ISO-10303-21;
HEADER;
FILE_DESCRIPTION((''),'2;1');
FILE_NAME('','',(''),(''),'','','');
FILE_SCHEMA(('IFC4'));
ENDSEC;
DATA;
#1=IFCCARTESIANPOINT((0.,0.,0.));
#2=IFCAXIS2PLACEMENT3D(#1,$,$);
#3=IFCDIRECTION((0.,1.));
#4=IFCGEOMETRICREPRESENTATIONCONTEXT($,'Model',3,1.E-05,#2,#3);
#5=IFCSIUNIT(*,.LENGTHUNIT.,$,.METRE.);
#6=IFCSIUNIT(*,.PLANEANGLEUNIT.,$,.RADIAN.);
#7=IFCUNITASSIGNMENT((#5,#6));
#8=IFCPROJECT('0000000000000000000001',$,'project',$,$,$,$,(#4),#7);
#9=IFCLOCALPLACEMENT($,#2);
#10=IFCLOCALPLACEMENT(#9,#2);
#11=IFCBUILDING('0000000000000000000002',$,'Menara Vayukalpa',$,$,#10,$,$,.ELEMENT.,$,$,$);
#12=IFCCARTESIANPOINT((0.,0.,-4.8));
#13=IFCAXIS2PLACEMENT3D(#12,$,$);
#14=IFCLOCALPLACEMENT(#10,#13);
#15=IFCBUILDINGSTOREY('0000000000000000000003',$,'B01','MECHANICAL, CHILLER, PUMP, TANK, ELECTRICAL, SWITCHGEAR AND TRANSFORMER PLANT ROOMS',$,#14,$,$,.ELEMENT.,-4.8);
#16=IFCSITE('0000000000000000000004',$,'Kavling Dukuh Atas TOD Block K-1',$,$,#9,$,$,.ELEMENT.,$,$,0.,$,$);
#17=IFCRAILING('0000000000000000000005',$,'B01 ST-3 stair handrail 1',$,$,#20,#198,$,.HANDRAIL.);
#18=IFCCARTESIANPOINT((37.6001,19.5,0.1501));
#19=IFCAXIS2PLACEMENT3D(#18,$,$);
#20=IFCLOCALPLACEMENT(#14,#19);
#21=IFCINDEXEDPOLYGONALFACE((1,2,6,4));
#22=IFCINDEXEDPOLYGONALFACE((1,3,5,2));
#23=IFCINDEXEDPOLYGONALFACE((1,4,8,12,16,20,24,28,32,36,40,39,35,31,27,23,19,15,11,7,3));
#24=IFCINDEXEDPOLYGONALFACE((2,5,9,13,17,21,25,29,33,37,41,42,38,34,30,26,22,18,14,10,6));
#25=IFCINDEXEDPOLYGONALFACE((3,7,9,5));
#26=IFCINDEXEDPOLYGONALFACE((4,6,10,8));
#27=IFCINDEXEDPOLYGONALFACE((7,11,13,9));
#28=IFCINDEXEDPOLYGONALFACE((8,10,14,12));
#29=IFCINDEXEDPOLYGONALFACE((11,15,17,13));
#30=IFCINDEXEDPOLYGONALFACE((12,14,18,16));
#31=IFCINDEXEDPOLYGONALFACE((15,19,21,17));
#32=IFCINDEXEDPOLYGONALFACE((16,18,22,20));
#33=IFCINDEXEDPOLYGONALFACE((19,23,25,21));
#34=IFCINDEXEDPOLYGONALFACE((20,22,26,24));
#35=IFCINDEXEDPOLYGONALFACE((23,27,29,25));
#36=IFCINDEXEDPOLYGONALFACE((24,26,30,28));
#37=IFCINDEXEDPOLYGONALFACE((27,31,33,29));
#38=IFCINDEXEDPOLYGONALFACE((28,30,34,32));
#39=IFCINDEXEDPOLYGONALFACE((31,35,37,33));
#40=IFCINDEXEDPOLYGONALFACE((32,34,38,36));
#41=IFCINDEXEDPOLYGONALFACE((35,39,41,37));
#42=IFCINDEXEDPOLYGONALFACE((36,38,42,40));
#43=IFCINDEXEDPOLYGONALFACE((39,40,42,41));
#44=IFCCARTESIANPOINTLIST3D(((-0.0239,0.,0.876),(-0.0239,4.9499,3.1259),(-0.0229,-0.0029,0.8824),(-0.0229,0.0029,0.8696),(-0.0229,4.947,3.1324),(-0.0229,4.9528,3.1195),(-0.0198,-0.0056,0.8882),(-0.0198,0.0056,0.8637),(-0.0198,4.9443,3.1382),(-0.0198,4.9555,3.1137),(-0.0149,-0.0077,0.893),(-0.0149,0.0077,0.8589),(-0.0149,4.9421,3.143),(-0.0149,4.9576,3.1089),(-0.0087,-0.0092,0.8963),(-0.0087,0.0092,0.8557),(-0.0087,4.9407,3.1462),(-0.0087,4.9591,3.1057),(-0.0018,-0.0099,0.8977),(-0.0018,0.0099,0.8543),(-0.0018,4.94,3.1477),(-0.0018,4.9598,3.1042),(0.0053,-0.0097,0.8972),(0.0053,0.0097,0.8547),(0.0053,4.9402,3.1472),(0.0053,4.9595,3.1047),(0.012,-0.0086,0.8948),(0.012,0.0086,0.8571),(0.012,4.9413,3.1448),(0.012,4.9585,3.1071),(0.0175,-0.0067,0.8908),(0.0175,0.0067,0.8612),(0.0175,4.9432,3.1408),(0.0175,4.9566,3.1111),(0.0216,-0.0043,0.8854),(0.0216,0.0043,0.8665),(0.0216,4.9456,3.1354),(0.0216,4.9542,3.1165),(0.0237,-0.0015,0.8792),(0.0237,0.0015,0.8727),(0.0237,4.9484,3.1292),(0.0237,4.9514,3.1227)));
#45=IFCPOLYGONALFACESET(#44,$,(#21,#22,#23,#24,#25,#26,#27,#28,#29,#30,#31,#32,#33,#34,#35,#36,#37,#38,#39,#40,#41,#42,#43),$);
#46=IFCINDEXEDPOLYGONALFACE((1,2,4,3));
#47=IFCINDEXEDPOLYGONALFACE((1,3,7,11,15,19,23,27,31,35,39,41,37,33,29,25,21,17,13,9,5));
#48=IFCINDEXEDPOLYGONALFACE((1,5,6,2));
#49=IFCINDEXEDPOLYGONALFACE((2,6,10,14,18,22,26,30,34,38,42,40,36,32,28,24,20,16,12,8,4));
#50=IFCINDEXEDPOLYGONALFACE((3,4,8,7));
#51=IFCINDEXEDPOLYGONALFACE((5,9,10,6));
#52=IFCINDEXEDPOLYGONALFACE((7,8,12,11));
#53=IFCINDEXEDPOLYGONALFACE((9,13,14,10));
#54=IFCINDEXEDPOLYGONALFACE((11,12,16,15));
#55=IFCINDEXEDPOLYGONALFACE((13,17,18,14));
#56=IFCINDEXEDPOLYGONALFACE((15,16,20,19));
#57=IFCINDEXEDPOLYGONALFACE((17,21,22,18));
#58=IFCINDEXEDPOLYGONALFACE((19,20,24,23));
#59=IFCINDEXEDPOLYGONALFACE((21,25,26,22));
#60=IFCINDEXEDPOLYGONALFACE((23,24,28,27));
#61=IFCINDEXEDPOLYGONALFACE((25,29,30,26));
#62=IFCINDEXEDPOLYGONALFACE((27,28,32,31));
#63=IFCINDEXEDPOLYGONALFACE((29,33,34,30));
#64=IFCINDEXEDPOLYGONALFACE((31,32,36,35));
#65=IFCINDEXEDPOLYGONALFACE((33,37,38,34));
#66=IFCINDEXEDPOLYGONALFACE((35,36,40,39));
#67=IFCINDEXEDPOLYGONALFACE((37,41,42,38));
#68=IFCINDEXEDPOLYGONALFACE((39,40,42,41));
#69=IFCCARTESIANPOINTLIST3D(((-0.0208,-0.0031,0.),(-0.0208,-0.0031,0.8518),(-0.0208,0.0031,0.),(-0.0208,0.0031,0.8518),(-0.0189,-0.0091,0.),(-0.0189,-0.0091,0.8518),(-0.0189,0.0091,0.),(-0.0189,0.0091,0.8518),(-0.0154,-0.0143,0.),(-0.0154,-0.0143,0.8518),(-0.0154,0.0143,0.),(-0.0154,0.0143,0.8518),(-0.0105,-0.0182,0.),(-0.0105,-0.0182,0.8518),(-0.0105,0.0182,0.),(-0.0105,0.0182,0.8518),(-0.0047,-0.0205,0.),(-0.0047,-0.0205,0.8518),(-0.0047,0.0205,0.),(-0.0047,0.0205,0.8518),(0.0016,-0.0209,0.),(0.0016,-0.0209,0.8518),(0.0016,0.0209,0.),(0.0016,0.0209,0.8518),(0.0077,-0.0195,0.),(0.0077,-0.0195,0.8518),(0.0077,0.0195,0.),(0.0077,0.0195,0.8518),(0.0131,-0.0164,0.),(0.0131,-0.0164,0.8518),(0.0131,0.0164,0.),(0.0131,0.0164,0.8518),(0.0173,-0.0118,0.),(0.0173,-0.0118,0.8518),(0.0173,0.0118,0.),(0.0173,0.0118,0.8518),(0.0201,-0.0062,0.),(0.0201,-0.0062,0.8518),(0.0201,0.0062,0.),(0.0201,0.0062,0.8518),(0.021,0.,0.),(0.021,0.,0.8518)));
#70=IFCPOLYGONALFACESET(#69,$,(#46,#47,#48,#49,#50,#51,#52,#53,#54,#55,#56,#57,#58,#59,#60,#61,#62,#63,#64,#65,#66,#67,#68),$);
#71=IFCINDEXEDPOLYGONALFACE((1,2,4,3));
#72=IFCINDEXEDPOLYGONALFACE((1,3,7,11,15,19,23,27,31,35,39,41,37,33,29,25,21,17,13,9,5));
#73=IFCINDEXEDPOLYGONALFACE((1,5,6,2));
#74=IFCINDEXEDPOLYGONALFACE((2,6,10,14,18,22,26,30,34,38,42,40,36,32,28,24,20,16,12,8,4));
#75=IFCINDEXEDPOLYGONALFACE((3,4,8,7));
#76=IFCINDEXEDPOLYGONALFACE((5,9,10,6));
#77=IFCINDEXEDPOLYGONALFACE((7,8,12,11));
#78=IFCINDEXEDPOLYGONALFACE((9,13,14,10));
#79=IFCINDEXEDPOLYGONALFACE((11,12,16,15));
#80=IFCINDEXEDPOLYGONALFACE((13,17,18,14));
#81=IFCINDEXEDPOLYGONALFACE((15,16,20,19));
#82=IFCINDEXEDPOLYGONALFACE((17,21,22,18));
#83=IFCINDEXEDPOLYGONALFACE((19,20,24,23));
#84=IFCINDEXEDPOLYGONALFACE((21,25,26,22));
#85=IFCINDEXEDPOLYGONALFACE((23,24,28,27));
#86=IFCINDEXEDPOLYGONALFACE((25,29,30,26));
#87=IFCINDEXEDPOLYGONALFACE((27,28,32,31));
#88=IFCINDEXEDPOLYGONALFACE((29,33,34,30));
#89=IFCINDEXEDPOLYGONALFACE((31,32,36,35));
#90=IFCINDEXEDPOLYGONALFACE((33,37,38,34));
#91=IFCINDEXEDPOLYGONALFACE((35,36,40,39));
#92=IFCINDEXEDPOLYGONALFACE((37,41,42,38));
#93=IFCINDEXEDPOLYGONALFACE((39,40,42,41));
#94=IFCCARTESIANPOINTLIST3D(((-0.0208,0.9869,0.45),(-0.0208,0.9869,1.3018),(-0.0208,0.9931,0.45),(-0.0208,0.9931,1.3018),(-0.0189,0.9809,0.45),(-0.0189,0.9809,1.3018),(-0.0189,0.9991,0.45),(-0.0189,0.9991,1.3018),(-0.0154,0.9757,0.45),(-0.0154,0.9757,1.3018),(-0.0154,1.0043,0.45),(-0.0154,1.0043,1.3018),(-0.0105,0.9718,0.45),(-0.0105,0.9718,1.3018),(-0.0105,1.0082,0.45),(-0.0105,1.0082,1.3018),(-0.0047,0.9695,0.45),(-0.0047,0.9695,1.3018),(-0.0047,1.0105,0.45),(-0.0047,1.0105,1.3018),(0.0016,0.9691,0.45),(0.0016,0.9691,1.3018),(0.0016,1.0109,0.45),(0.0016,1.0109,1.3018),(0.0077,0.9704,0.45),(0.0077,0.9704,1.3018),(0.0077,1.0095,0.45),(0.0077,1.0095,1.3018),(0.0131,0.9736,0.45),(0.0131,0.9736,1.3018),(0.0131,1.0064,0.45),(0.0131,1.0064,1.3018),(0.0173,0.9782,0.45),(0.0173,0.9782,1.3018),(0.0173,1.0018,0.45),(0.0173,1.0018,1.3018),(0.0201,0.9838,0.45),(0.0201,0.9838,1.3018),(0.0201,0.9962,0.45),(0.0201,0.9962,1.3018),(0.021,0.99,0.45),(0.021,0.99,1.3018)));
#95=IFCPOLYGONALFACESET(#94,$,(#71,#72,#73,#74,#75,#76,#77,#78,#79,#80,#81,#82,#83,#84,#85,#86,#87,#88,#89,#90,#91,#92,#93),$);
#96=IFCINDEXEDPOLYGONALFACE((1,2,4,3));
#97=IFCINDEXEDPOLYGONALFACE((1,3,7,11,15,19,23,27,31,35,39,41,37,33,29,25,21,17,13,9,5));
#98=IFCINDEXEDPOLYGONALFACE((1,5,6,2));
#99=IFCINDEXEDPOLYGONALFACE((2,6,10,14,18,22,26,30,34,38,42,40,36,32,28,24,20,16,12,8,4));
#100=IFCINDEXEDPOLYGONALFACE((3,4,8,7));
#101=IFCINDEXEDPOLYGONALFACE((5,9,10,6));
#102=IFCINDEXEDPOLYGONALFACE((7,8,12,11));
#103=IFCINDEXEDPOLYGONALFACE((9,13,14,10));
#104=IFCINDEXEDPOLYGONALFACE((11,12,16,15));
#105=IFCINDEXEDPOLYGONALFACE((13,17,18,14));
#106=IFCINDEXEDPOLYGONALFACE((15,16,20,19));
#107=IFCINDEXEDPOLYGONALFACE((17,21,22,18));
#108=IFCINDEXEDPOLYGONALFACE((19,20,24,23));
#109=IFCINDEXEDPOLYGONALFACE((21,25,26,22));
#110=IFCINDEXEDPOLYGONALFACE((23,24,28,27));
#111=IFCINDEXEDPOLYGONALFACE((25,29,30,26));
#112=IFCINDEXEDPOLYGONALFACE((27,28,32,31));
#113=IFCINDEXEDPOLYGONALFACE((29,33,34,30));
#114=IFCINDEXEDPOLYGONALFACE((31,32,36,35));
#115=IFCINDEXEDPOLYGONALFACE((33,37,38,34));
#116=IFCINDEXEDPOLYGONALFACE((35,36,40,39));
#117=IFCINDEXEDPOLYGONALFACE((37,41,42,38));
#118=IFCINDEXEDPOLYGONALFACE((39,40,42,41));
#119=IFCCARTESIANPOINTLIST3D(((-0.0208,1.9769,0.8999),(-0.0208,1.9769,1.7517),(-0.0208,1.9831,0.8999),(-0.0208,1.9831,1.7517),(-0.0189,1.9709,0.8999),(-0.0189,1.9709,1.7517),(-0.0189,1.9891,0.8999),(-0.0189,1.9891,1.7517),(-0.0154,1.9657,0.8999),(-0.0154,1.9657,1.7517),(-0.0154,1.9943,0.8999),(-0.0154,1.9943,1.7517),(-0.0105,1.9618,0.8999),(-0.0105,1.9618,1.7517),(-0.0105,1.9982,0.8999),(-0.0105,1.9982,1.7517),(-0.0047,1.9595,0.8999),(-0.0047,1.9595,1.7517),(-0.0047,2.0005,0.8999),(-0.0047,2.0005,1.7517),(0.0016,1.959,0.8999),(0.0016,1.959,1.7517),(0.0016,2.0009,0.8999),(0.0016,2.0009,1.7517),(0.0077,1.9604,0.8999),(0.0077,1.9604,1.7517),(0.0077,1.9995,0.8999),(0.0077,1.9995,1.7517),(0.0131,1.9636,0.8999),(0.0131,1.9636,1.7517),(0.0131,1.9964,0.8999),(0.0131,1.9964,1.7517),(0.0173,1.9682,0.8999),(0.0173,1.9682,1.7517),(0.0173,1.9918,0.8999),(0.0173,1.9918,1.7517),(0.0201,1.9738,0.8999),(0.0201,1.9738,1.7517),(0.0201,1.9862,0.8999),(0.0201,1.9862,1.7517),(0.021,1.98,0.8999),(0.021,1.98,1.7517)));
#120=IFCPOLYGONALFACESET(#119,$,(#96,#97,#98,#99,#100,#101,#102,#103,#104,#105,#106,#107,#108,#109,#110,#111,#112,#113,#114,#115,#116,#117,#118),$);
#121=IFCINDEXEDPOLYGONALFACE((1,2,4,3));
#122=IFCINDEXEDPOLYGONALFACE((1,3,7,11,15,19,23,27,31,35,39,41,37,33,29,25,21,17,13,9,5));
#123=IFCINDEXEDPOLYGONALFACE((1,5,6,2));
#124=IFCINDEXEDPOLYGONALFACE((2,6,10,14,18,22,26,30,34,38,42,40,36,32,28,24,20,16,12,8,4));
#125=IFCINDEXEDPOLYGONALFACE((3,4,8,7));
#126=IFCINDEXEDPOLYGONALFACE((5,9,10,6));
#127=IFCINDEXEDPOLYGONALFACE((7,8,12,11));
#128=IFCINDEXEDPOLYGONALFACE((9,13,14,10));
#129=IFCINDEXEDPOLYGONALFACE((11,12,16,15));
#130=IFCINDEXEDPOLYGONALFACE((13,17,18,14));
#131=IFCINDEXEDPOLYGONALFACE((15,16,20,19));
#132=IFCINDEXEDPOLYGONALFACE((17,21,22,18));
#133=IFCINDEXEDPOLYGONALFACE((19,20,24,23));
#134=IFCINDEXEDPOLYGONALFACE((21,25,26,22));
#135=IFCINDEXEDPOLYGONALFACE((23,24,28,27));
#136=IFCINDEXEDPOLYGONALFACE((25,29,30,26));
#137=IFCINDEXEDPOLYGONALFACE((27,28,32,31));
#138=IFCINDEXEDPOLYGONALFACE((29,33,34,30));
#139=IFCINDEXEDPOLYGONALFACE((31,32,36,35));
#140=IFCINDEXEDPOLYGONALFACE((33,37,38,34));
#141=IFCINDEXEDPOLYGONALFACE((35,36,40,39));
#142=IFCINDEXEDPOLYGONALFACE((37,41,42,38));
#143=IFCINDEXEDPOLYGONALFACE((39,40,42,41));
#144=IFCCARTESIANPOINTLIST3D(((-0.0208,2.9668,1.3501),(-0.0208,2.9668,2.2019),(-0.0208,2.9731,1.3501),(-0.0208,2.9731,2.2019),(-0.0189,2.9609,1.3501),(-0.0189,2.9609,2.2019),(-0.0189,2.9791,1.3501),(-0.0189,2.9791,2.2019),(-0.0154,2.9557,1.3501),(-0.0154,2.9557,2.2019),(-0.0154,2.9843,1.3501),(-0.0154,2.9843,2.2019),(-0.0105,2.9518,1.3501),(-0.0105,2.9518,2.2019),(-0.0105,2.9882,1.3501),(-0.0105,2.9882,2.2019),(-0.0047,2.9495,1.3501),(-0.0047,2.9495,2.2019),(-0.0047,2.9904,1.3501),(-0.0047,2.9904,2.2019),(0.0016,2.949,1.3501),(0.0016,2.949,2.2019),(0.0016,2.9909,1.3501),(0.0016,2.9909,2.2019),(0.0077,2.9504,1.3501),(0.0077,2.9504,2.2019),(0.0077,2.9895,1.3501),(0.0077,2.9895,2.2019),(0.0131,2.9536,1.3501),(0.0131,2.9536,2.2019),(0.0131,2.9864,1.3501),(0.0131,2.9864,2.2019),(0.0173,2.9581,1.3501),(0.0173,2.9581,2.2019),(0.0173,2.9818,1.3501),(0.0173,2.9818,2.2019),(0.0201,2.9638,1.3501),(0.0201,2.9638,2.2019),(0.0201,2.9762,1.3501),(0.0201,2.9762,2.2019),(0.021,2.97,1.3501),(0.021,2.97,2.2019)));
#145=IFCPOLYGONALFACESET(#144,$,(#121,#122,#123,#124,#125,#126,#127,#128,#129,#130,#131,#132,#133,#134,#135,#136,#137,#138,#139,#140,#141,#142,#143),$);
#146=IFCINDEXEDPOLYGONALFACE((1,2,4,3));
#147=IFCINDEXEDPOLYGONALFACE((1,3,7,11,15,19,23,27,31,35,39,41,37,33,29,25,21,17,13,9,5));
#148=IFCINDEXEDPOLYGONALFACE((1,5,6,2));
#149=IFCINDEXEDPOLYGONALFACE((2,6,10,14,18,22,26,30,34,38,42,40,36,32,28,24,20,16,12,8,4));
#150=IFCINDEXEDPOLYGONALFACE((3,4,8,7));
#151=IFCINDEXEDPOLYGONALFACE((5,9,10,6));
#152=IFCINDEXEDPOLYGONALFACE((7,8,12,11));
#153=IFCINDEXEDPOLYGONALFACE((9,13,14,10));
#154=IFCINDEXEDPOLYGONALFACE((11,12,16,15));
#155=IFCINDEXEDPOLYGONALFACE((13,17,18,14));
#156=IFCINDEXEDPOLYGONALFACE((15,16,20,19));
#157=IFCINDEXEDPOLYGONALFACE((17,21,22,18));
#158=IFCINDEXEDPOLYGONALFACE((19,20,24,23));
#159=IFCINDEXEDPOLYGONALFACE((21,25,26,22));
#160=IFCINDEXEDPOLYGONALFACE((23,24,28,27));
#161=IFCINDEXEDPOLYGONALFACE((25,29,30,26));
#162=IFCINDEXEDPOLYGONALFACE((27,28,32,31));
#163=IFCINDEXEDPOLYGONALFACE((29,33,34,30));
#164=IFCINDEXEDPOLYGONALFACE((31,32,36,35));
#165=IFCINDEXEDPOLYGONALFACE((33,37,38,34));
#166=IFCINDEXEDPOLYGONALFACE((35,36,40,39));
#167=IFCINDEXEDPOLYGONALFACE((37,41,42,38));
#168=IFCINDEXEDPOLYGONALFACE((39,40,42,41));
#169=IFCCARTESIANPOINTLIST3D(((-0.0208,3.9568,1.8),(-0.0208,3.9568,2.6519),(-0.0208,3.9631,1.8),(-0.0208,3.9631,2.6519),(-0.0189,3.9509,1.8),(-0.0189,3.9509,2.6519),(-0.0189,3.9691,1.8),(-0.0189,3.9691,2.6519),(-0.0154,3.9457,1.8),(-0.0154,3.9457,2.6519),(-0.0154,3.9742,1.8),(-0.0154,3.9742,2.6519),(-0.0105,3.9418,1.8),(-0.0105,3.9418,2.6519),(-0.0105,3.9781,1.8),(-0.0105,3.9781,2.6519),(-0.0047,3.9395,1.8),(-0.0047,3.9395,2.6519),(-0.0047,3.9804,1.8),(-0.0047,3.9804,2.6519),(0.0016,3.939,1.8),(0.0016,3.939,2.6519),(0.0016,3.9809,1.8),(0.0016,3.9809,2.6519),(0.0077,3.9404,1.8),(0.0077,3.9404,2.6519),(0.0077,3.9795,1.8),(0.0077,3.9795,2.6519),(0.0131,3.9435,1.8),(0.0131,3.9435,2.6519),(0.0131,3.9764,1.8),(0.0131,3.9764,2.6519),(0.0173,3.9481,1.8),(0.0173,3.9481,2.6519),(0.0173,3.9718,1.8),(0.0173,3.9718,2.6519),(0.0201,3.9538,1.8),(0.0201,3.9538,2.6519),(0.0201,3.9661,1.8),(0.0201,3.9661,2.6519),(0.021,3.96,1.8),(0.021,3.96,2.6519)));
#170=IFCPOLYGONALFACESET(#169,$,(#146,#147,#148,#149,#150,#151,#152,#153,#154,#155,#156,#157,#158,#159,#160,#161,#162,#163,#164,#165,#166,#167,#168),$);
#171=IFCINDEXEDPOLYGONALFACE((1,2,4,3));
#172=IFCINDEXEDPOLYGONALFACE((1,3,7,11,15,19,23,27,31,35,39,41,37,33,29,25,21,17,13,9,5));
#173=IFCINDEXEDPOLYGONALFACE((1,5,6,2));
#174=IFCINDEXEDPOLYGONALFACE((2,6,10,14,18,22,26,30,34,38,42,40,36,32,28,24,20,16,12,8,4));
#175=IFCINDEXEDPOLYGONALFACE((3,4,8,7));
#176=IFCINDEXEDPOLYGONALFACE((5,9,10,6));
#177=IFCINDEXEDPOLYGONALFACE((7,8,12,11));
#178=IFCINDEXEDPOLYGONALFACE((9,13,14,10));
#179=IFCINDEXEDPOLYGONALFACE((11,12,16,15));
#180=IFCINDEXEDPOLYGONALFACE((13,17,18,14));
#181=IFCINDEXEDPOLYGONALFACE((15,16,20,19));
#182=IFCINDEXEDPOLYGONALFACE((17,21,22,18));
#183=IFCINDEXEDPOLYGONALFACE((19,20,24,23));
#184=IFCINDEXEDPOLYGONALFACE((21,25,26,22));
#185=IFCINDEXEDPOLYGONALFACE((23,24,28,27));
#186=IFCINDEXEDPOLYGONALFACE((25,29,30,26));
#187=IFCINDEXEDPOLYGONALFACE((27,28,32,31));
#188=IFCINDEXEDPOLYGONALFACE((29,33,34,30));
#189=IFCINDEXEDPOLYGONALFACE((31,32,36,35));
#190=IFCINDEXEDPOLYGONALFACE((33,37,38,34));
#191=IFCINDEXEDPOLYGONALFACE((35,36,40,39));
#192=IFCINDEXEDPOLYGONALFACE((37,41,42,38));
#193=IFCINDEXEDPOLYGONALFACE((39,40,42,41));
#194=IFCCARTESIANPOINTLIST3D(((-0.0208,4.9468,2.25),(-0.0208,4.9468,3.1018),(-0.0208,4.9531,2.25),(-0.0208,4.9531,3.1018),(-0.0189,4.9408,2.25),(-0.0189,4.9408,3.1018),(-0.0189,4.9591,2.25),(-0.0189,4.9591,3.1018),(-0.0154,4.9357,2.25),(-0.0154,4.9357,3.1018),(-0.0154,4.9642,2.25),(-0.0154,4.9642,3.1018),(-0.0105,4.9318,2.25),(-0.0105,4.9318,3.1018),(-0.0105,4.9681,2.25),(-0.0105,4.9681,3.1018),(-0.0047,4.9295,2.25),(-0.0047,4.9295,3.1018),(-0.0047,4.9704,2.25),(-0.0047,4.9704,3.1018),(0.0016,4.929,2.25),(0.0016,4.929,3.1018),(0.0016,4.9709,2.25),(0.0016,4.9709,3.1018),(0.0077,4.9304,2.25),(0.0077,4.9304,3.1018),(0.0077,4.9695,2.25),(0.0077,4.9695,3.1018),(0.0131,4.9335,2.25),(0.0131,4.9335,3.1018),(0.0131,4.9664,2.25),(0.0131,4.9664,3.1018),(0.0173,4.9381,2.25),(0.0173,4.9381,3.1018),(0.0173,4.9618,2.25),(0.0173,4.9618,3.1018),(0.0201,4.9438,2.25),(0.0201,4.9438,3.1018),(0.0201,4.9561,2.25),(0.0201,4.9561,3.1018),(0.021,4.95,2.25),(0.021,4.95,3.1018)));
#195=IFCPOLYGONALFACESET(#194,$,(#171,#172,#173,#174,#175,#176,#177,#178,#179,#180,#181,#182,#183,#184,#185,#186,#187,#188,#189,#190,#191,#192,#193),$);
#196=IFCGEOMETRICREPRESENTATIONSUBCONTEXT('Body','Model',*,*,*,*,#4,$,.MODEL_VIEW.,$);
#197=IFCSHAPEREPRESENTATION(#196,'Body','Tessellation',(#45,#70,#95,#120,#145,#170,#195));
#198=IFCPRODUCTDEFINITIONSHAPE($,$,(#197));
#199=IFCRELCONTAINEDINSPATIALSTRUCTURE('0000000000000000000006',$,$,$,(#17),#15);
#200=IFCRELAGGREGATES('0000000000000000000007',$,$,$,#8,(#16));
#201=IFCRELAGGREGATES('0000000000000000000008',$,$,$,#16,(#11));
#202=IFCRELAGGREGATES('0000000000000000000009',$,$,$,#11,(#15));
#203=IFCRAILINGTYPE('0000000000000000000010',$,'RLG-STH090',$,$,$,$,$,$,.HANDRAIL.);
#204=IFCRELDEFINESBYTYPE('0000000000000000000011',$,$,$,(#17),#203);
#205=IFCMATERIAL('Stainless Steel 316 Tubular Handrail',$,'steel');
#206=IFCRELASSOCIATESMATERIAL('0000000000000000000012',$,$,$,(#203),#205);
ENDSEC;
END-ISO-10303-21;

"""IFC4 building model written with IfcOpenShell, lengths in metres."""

from ifc_helpers import new_model, si_unit, direction, frame, origin, origin_2d, place, context, subcontext, project, spatial, circle, extrude, material, type_object, element, save


model = new_model("IFC4")

# Units and contexts
model_context = context("Model", 3, precision=1e-05, world=origin(), true_north=direction((0.0, 1.0)))
body_context = subcontext(model_context, "Body", "Model", "MODEL_VIEW")
ifc_project = project(units=[si_unit("LENGTHUNIT", "METRE"), si_unit("PLANEANGLEUNIT", "RADIAN")], contexts=[model_context])

# Site, building, storey
site_placement = place(None, origin())
site = spatial("IfcSite", under=ifc_project, at=site_placement, Name="Kavling Dukuh Atas TOD Block K-1", CompositionType="ELEMENT", RefElevation=0.0)
building_placement = place(site_placement, origin())
building = spatial("IfcBuilding", under=site, at=building_placement, Name="Menara Vayukalpa", CompositionType="ELEMENT")
storey_placement = place(building_placement, frame((0.0, 0.0, -4.8)))
storey = spatial("IfcBuildingStorey", under=building, at=storey_placement, Name="B01", Description="MECHANICAL, CHILLER, PUMP, TANK, ELECTRICAL, SWITCHGEAR AND TRANSFORMER PLANT ROOMS", CompositionType="ELEMENT", Elevation=-4.8)

# Railing
ifc_material_1 = material(Name="Stainless Steel 316 Tubular Handrail", Category="steel")
railing_type_1 = type_object("IfcRailingType", Name="RLG-STH090", PredefinedType="HANDRAIL", material=ifc_material_1)
for number, where, name in (
    (1, (37.6001, 19.5, 0.1501), "B01 ST-3 stair handrail 1"),
):
    element("IfcRailing", number, at=place(storey_placement, frame(where)), inside=storey, type_object=railing_type_1, Name=name, PredefinedType="HANDRAIL", context=body_context, shape_type="SweptSolid", body=[
        extrude(circle(Radius=0.0239, at=origin_2d()), frame((0.0, 0.0, 0.876), z_axis=(0.0, 0.910365, 0.413806), x_axis=(-1.0, 0.0, 0.0)), (0.0, 0.0, 1.0), 5.4373),
        extrude(circle(Radius=0.021, at=origin_2d()), origin(), (0.0, 0.0, 1.0), 0.8518),
        extrude(circle(Radius=0.021, at=origin_2d()), frame((0.0, 0.99, 0.45)), (0.0, 0.0, 1.0), 0.8518),
        extrude(circle(Radius=0.021, at=origin_2d()), frame((0.0, 1.98, 0.8999)), (0.0, 0.0, 1.0), 0.8518),
        extrude(circle(Radius=0.021, at=origin_2d()), frame((0.0, 2.97, 1.3501)), (0.0, 0.0, 1.0), 0.8518),
        extrude(circle(Radius=0.021, at=origin_2d()), frame((0.0, 3.96, 1.8)), (0.0, 0.0, 1.0), 0.8518),
        extrude(circle(Radius=0.021, at=origin_2d()), frame((0.0, 4.95, 2.25)), (0.0, 0.0, 1.0), 0.8518),
    ])

save(model, "model.ifc")
